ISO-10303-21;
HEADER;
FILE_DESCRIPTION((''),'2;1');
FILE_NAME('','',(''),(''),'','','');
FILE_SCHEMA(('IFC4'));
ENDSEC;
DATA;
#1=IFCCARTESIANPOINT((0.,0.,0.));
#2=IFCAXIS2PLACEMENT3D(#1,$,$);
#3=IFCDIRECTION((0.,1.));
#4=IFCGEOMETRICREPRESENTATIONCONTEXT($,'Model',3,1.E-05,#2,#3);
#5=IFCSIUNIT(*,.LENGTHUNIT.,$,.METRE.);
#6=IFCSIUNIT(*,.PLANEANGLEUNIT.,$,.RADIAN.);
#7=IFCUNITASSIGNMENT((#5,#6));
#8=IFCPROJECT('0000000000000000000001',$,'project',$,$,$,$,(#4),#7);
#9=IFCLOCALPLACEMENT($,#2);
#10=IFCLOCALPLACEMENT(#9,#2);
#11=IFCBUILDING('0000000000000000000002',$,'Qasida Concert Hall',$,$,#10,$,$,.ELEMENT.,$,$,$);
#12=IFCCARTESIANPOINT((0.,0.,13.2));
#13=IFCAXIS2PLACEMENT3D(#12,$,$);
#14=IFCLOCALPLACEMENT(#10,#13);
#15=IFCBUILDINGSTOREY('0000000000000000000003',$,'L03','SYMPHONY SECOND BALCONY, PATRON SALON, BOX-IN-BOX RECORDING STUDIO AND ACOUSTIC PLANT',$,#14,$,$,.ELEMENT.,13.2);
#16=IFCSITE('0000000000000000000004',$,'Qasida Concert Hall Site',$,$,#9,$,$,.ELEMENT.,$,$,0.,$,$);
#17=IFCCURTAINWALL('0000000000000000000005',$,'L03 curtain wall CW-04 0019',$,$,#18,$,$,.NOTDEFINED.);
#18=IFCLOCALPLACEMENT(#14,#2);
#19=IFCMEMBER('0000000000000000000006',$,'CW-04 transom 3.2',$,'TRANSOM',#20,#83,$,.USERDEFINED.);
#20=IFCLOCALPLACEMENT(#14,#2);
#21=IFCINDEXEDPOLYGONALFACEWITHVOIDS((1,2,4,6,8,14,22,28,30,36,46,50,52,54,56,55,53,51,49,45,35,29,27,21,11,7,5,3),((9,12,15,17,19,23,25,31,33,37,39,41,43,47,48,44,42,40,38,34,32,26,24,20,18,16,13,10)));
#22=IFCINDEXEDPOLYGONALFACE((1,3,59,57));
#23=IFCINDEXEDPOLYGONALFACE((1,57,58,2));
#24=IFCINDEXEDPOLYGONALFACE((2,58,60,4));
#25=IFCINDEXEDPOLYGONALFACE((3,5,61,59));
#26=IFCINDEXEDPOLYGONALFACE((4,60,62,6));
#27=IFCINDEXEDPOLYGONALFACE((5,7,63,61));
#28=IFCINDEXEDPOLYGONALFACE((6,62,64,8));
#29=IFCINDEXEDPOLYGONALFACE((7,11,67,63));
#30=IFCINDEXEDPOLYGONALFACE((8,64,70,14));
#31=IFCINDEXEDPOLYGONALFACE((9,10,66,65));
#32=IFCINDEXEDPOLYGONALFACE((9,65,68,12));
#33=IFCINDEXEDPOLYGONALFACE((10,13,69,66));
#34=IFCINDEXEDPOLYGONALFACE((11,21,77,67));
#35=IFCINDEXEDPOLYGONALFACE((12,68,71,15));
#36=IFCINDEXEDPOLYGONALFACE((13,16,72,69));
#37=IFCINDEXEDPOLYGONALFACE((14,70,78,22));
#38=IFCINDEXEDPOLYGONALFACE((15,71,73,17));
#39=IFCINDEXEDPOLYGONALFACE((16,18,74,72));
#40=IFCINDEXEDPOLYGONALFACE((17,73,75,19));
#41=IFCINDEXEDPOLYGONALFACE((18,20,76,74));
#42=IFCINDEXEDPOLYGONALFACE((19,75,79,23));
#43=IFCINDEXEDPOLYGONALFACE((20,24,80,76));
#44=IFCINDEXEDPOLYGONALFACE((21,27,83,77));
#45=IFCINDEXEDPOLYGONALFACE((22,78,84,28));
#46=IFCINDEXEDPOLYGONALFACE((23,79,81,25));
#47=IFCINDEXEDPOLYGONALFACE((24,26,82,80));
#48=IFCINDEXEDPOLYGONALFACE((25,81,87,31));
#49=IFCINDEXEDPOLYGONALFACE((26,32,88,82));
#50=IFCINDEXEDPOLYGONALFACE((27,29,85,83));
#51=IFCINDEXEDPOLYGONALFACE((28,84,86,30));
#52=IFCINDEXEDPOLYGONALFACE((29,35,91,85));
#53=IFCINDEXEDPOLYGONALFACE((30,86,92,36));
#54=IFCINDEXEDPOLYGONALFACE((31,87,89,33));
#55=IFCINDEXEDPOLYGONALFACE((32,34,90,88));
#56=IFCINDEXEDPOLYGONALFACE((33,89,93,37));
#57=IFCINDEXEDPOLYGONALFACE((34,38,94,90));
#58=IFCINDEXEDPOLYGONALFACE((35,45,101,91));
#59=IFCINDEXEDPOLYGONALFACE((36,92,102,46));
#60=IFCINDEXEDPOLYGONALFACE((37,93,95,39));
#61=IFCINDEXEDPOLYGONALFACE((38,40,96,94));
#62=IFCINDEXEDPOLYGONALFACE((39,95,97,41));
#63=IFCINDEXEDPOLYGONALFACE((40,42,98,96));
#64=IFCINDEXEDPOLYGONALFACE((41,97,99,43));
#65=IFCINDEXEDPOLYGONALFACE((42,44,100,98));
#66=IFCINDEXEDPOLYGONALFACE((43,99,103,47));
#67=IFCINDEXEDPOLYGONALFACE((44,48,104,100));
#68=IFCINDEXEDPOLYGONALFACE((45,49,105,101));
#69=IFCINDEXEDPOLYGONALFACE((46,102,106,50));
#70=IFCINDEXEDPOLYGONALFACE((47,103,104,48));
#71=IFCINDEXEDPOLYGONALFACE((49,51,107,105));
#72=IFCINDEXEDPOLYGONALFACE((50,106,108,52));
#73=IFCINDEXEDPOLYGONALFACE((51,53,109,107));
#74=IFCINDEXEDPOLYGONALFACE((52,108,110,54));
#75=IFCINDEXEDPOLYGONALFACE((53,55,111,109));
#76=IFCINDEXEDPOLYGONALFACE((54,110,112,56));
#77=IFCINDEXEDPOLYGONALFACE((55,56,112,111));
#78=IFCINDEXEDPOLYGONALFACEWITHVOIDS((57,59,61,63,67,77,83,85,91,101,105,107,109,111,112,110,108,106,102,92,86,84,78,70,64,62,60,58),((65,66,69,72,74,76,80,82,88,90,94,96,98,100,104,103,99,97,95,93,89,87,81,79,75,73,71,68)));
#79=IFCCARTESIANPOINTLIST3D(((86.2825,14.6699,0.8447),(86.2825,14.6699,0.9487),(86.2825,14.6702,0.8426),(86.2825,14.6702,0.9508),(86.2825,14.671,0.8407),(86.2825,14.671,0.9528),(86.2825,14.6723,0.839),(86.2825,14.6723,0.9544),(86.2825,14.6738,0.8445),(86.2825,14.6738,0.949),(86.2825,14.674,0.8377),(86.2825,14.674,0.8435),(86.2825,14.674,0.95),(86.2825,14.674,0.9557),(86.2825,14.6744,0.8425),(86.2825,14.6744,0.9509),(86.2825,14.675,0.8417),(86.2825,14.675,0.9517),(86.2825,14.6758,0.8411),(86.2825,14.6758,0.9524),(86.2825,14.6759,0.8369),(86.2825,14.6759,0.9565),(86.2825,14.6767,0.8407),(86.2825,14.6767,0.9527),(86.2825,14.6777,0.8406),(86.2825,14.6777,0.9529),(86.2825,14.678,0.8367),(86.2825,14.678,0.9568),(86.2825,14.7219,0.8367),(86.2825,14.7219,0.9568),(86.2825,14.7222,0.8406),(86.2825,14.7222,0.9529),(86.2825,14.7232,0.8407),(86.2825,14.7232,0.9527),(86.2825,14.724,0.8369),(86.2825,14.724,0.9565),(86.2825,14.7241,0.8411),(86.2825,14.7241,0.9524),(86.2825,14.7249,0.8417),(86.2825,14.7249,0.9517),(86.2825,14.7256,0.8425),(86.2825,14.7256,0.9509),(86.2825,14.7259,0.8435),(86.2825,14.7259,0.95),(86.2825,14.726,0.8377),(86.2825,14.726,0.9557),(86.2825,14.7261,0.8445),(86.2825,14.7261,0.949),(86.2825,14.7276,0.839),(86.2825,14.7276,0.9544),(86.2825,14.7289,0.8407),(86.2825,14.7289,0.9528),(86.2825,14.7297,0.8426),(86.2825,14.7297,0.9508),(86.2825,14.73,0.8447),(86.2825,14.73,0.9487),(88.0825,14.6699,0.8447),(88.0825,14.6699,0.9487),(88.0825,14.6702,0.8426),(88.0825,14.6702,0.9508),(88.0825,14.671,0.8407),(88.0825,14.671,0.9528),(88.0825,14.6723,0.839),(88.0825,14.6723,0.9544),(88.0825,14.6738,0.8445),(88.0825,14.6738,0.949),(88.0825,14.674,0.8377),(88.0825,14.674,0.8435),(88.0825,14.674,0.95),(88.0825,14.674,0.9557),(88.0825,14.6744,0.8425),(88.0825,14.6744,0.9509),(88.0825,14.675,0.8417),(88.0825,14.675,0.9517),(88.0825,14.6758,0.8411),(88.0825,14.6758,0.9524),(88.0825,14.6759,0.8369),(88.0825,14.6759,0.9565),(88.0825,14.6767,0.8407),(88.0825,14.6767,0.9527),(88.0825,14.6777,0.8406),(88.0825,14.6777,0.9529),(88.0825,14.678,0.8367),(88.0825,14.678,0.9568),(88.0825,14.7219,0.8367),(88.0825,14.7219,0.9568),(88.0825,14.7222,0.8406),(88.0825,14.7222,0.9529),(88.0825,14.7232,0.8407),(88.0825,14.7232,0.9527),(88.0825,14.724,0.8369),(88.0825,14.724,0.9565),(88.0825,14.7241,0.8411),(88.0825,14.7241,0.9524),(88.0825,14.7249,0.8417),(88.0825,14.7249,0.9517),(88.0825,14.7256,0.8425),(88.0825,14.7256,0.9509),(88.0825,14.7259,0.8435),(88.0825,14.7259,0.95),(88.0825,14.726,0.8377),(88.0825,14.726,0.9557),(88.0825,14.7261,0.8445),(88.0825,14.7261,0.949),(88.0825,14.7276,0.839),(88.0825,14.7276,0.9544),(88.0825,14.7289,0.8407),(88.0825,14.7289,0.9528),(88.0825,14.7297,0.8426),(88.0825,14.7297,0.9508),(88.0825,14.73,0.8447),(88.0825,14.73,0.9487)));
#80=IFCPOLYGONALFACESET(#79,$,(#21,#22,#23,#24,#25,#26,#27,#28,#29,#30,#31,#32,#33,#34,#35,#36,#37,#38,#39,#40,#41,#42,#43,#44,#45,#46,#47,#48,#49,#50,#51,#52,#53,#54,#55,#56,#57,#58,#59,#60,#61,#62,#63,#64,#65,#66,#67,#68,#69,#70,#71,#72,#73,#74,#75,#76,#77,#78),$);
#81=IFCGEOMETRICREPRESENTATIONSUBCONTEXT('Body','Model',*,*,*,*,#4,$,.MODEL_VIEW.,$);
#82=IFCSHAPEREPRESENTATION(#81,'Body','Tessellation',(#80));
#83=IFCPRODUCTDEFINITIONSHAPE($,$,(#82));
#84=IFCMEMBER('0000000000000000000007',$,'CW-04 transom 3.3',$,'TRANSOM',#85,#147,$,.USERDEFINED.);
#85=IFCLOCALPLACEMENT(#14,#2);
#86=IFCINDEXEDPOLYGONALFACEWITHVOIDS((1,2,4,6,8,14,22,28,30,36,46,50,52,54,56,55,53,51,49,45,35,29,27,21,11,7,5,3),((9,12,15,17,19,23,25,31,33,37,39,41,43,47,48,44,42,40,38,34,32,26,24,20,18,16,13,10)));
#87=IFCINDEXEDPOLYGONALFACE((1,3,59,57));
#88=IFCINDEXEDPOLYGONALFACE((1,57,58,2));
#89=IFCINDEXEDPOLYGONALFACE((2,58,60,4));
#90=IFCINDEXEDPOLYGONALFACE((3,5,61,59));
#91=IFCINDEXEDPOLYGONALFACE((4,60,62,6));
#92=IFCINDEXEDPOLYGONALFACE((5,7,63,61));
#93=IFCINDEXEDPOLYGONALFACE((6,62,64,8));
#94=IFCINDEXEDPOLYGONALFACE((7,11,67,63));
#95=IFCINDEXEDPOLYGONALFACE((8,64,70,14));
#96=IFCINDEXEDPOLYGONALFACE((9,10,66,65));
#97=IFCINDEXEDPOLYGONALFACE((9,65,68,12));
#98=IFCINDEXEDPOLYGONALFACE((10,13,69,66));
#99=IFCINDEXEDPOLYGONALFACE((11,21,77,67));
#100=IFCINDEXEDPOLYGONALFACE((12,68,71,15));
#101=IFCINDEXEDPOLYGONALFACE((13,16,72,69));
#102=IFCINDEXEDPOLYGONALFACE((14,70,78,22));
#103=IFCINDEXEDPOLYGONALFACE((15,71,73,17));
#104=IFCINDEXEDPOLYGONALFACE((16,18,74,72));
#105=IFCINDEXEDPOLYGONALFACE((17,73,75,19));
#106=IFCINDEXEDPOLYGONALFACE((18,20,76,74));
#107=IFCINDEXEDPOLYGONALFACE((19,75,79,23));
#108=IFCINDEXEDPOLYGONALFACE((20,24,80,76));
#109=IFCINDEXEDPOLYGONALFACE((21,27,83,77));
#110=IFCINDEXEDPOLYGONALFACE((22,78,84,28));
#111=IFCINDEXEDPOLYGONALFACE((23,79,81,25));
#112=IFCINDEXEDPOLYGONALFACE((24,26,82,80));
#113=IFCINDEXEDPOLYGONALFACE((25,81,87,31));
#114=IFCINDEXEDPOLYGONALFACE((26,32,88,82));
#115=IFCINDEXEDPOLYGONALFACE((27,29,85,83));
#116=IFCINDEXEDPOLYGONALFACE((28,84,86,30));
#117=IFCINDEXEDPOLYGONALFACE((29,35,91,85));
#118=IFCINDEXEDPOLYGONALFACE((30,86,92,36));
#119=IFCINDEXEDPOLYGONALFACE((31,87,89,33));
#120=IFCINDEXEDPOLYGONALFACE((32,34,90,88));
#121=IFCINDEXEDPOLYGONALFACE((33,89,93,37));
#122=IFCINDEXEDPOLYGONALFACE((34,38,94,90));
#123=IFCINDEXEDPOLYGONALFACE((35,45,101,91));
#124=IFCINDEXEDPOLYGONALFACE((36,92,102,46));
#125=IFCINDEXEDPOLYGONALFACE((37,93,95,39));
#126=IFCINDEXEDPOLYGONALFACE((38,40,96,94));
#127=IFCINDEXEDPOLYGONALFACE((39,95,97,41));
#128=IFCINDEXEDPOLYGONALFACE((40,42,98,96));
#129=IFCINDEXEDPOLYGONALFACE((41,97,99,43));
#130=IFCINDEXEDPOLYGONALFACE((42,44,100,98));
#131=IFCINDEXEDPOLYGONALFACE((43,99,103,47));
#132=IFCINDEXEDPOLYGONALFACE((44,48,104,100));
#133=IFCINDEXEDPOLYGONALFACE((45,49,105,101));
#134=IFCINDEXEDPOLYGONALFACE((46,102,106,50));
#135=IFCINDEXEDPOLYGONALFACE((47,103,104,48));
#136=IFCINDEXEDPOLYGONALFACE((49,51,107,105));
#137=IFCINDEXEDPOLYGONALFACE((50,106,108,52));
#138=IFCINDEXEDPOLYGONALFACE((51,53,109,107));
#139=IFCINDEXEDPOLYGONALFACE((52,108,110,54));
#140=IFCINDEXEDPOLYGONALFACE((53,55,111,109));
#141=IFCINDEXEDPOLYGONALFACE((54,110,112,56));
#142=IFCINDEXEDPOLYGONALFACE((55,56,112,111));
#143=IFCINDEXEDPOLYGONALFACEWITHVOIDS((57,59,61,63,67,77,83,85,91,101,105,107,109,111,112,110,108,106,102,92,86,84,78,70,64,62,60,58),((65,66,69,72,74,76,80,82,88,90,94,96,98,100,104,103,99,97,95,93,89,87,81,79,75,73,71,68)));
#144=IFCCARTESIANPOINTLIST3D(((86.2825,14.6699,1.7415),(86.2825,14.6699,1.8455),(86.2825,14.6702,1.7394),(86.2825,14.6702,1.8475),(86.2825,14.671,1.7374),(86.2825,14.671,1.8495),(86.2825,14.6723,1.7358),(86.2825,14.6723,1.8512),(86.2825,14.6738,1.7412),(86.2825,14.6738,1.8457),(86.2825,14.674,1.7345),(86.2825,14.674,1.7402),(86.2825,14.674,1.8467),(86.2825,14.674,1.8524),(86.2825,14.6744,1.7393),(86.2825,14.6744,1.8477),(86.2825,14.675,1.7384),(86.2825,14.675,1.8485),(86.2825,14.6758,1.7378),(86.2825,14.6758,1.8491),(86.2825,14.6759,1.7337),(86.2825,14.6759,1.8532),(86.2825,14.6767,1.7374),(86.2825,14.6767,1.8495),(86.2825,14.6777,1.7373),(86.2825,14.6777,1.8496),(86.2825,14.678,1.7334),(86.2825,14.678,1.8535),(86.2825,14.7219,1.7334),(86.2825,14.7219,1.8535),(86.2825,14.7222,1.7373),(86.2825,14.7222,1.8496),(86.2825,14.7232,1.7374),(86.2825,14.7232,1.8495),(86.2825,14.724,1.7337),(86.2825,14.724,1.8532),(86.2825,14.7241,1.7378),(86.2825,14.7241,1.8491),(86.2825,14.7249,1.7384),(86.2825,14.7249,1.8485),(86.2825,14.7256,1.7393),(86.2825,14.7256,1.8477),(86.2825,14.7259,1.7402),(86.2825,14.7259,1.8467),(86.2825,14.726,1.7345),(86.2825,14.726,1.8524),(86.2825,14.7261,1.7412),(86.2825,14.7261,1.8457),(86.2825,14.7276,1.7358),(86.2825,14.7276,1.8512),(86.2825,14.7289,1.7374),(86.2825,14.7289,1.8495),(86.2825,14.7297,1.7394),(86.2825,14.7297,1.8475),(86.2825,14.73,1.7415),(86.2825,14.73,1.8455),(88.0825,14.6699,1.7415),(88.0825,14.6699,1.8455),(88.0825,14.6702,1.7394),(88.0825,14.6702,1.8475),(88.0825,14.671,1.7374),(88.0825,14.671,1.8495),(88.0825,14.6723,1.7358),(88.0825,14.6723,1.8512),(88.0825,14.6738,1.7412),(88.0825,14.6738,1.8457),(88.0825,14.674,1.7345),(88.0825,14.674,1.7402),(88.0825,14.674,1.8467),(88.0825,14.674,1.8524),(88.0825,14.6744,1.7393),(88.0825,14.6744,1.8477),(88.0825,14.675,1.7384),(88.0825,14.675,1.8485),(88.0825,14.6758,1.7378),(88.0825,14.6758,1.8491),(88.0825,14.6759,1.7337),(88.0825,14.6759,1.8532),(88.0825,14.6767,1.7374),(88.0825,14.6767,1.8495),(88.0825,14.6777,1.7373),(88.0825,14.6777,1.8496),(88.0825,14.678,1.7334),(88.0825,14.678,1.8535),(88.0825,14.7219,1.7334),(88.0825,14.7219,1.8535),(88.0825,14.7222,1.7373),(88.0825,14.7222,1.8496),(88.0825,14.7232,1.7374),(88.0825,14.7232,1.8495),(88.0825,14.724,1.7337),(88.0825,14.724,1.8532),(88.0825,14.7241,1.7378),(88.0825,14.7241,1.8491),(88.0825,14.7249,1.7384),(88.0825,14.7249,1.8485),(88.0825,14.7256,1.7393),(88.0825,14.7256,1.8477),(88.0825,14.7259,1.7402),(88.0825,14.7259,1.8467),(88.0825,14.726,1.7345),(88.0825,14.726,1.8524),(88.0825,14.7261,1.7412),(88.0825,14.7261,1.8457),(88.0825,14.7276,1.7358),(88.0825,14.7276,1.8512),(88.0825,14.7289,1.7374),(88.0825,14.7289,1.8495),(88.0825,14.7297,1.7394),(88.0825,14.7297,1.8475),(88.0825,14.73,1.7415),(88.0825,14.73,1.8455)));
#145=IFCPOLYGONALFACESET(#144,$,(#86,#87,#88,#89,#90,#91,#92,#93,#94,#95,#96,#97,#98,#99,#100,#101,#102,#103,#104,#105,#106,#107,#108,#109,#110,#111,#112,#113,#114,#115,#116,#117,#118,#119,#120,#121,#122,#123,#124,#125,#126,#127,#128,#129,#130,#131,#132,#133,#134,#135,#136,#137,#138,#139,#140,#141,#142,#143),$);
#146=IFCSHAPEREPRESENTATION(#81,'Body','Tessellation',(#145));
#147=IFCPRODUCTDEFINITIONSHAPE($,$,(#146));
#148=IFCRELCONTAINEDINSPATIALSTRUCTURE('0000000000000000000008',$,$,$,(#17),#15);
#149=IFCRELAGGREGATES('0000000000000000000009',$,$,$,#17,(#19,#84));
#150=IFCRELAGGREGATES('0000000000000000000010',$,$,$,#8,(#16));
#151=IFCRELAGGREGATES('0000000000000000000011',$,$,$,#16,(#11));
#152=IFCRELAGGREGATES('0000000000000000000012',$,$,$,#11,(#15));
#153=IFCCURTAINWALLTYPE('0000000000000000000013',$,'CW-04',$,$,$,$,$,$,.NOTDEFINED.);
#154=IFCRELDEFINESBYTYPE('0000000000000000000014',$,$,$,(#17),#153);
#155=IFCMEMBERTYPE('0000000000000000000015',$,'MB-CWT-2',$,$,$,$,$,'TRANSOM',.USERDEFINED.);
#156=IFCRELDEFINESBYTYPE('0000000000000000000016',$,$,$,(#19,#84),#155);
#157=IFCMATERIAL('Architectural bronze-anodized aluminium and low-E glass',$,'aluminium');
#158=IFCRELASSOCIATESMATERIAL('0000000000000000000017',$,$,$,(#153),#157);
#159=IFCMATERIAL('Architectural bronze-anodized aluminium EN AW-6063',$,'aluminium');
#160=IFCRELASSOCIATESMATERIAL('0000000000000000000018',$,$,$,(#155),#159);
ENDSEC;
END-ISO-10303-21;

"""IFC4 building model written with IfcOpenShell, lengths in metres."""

from ifc_helpers import new_model, si_unit, direction, frame, origin, origin_2d, place, context, subcontext, project, spatial, hollow_rectangle, extrude, material, material_profile, profile_set, type_object, element, aggregate, save


model = new_model("IFC4")

# Units and contexts
model_context = context("Model", 3, precision=1e-05, world=origin(), true_north=direction((0.0, 1.0)))
body_context = subcontext(model_context, "Body", "Model", "MODEL_VIEW")
ifc_project = project(units=[si_unit("LENGTHUNIT", "METRE"), si_unit("PLANEANGLEUNIT", "RADIAN")], contexts=[model_context])

# Site, building, storey
site_placement = place(None, origin())
site = spatial("IfcSite", under=ifc_project, at=site_placement, Name="Qasida Concert Hall Site", CompositionType="ELEMENT", RefElevation=0.0)
building_placement = place(site_placement, origin())
building = spatial("IfcBuilding", under=site, at=building_placement, Name="Qasida Concert Hall", CompositionType="ELEMENT")
storey_placement = place(building_placement, frame((0.0, 0.0, 13.2)))
storey = spatial("IfcBuildingStorey", under=building, at=storey_placement, Name="L03", Description="SYMPHONY SECOND BALCONY, PATRON SALON, BOX-IN-BOX RECORDING STUDIO AND ACOUSTIC PLANT", CompositionType="ELEMENT", Elevation=13.2)

# Curtain wall, members
ifc_material_1 = material(Name="Architectural bronze-anodized aluminium and low-E glass", Category="aluminium")
curtain_wall_type = type_object("IfcCurtainWallType", Name="CW-04", PredefinedType="NOTDEFINED", material=ifc_material_1)
curtain_wall_placement = place(storey_placement, origin())
curtain_wall = element("IfcCurtainWall", 1, at=curtain_wall_placement, inside=storey, type_object=curtain_wall_type, Name="L03 curtain wall CW-04 0019", PredefinedType="NOTDEFINED")
ifc_material_2 = material(Name="Architectural bronze-anodized aluminium EN AW-6063", Category="aluminium")
ifc_material_profile_1 = material_profile(ifc_material_2, hollow_rectangle(XDim=0.0601, YDim=0.1201, WallThickness=0.0039, InnerFilletRadius=0.0039, OuterFilletRadius=0.0081, at=origin_2d()), Name="CWT 120x60x4")
ifc_profile_set_1 = profile_set([ifc_material_profile_1], Name="Architectural bronze-anodized aluminium EN AW-6063")
member_type_1 = type_object("IfcMemberType", Name="MB-CWT-2", ElementType="TRANSOM", PredefinedType="USERDEFINED", material=ifc_profile_set_1)
member_1_placement = place(storey_placement, frame((86.2825, 14.7, 0.8967), z_axis=(1.0, 0.0, 0.0), x_axis=(0.0, 1.0, 0.0)))
member_1 = element("IfcMember", 2, at=member_1_placement, type_object=member_type_1, Name="CW-04 transom 3.2", ObjectType="TRANSOM", PredefinedType="USERDEFINED", context=body_context, shape_type="SweptSolid", body=[
    extrude(hollow_rectangle(XDim=0.0601, YDim=0.1201, WallThickness=0.0039, InnerFilletRadius=0.0039, OuterFilletRadius=0.0081, at=origin_2d()), origin(), (0.0, 0.0, 1.0), 1.8),
])
member_2_placement = place(storey_placement, frame((86.2825, 14.7, 1.7935), z_axis=(1.0, 0.0, 0.0), x_axis=(0.0, 1.0, 0.0)))
member_2 = element("IfcMember", 3, at=member_2_placement, type_object=member_type_1, Name="CW-04 transom 3.3", ObjectType="TRANSOM", PredefinedType="USERDEFINED", context=body_context, shape_type="SweptSolid", body=[
    extrude(hollow_rectangle(XDim=0.0601, YDim=0.1201, WallThickness=0.0039, InnerFilletRadius=0.0039, OuterFilletRadius=0.0081, at=origin_2d()), origin(), (0.0, 0.0, 1.0), 1.8),
])
aggregate(curtain_wall, [member_1, member_2])

save(model, "model.ifc")
